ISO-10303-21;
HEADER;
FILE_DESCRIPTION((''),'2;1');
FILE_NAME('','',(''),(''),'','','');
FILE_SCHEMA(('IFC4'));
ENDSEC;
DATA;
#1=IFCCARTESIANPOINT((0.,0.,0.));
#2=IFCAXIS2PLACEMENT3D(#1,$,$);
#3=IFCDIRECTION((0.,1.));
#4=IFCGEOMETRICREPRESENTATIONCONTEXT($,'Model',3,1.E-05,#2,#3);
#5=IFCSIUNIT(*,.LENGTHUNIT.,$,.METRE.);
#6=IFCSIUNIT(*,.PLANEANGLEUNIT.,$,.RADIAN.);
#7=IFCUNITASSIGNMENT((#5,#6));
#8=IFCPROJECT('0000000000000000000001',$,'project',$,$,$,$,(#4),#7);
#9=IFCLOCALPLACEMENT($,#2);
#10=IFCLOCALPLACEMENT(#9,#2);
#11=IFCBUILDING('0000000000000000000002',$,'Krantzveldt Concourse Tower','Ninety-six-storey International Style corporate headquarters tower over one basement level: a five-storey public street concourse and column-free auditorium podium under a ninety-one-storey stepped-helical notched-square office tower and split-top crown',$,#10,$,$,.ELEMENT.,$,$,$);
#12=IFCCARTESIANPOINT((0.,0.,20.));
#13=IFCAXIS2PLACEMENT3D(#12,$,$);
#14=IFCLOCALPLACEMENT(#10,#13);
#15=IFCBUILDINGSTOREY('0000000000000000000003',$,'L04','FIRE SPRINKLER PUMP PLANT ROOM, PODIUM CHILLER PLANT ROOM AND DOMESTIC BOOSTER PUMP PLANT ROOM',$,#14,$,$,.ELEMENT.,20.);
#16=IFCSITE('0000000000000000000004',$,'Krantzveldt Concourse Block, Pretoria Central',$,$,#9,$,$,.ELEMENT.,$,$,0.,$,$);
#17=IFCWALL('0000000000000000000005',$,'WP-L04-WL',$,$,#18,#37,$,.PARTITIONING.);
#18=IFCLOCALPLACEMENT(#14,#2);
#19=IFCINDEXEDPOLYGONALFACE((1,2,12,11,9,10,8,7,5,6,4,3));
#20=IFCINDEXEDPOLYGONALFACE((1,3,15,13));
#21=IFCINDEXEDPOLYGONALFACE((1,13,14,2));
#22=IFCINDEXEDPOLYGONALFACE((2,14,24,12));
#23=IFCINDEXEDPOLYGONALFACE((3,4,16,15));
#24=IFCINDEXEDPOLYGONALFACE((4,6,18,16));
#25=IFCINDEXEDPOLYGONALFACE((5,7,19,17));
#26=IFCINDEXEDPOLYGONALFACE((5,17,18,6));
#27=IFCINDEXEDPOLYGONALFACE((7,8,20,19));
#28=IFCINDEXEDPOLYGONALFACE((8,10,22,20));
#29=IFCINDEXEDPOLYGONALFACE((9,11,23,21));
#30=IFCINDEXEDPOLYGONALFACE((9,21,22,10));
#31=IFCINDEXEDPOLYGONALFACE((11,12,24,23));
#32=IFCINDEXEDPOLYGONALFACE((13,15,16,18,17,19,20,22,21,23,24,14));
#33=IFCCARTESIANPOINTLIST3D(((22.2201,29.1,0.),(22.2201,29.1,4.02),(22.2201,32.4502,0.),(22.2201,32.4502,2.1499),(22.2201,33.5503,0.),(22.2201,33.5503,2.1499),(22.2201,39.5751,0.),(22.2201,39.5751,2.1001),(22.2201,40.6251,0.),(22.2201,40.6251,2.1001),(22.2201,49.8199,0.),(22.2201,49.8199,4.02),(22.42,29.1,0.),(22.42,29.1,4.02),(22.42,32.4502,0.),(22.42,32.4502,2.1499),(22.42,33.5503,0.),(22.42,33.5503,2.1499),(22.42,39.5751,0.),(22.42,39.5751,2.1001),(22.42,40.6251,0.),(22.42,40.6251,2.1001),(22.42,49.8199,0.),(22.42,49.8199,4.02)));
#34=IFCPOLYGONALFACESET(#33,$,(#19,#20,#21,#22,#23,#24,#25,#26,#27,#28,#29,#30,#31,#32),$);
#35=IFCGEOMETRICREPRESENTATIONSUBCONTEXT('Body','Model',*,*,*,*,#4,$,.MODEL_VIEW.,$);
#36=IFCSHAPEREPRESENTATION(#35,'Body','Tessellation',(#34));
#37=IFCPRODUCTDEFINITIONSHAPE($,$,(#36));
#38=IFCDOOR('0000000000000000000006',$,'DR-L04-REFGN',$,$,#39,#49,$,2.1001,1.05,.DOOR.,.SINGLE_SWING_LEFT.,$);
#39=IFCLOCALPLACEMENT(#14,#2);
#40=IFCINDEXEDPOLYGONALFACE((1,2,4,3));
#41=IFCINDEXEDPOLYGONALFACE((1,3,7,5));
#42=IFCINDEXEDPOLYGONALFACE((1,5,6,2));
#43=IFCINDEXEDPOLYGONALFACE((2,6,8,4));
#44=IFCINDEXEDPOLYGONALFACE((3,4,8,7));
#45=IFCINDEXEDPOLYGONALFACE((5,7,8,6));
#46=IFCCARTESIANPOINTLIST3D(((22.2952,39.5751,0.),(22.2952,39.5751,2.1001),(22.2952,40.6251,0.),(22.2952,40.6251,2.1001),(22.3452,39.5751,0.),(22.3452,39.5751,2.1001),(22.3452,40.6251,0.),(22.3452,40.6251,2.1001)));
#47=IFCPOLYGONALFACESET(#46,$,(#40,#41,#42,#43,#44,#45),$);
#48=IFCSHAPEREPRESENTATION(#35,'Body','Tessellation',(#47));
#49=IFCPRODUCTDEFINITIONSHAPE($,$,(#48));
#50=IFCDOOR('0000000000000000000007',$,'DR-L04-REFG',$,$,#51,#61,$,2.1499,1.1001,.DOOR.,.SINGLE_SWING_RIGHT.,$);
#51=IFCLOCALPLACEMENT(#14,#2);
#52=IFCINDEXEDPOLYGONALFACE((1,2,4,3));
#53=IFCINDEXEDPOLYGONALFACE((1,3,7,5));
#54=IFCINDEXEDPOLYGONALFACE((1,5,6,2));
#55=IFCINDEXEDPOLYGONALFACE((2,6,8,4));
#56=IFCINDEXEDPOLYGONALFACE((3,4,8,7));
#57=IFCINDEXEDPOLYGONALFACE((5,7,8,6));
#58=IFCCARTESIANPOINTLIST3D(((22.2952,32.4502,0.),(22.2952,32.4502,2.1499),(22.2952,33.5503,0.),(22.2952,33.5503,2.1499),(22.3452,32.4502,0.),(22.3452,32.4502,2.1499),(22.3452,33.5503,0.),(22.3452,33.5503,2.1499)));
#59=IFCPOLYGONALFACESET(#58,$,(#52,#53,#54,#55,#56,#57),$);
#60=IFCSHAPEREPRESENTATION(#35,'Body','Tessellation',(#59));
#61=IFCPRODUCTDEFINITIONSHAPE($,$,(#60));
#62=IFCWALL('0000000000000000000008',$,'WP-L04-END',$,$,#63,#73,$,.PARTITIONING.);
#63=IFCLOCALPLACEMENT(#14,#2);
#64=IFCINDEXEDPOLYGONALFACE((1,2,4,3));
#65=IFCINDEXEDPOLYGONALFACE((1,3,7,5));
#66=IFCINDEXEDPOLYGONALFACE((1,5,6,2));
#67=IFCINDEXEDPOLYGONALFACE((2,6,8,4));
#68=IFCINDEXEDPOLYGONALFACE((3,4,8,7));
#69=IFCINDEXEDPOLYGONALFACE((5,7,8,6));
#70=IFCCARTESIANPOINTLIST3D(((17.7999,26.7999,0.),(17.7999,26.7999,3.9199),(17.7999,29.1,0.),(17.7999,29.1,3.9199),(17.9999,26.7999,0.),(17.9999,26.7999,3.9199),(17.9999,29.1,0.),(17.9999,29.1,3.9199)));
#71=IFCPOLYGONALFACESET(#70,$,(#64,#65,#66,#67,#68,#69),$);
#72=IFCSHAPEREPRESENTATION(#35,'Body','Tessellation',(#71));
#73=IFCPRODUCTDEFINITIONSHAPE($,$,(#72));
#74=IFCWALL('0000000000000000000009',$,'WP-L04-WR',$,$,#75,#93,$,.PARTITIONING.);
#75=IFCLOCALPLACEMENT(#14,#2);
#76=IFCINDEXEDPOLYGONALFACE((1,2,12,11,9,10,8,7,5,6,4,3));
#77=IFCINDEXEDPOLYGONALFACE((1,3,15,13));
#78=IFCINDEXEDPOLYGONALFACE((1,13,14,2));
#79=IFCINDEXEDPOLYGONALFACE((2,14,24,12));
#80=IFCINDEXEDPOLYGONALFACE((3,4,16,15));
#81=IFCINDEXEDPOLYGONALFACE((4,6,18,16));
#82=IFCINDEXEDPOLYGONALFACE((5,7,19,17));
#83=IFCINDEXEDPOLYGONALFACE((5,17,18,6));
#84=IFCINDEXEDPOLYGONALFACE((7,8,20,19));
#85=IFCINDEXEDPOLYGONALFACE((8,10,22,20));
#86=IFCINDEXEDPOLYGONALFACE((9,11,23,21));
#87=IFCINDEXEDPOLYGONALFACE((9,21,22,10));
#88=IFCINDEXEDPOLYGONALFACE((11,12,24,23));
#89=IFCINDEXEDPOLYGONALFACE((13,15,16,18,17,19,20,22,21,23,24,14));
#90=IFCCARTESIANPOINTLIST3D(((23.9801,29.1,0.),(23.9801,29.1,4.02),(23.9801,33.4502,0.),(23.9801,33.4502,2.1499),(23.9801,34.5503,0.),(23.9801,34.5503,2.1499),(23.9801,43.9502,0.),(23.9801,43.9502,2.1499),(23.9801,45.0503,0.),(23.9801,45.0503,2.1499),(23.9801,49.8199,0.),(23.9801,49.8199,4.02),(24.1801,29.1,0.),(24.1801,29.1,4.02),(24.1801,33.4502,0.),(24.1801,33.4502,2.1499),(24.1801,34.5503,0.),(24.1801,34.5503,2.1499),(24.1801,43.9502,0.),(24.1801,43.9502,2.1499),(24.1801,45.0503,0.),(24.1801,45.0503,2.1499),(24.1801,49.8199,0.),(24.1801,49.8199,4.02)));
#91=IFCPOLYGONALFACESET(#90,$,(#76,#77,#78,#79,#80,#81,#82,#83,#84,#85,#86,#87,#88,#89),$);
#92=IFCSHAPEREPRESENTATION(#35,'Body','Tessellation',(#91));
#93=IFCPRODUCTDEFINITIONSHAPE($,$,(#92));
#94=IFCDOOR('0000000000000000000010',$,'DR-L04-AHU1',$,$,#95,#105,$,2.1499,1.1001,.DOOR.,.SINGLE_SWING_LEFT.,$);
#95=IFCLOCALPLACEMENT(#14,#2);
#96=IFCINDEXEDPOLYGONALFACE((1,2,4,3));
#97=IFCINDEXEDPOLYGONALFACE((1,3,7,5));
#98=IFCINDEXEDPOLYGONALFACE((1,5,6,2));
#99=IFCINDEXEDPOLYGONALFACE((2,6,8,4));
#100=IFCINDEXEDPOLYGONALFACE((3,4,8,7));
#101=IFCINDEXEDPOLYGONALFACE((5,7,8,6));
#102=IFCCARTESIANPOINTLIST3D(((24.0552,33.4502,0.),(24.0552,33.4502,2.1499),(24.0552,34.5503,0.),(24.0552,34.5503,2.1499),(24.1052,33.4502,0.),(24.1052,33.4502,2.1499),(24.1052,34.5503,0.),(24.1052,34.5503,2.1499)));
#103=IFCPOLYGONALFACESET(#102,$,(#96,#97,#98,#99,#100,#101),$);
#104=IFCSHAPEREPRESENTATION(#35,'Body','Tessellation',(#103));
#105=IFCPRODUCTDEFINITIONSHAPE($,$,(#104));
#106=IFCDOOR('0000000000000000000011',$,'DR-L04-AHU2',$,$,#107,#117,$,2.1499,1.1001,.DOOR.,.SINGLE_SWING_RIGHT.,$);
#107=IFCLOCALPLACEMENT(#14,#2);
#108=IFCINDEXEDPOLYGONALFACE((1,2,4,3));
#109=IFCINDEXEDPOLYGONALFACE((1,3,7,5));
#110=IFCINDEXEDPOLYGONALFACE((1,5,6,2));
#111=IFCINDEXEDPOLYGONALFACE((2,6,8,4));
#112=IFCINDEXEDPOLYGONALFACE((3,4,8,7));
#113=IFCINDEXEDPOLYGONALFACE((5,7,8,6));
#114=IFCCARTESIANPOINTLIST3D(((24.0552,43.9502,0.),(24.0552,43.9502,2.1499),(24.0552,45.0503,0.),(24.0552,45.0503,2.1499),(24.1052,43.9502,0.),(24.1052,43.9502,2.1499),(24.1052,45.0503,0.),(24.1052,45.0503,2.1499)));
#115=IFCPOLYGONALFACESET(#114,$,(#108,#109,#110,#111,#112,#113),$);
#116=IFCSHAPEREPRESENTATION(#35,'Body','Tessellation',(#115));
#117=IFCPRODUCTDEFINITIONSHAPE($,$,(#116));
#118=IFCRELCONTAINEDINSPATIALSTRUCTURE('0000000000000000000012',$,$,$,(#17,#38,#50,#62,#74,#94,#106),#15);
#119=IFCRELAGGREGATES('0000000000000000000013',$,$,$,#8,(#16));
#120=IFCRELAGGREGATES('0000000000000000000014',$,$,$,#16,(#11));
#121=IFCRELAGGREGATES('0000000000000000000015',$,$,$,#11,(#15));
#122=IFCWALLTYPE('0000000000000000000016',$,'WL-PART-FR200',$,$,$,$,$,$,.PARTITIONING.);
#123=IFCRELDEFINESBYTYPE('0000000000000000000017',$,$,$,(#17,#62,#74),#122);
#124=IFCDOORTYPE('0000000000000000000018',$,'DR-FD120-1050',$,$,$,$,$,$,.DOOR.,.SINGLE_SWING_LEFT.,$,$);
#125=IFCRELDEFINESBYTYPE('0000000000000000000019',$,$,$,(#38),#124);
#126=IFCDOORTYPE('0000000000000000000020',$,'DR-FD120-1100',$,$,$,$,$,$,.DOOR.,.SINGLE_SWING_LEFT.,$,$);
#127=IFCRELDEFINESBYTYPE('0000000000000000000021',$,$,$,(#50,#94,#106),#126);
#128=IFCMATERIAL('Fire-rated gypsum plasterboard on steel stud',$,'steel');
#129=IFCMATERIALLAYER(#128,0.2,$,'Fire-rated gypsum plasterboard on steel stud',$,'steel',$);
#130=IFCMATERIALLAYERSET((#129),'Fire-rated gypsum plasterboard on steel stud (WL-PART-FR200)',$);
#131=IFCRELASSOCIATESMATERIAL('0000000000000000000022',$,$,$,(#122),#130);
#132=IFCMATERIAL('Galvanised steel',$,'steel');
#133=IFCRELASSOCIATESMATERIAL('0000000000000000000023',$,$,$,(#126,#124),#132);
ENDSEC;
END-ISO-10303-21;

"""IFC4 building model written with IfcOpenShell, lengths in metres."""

from ifc_helpers import new_model, si_unit, direction, frame, frame_2d, origin, place, context, subcontext, project, spatial, rectangle, extrude, material, layer, layer_set, type_object, element, fill, save


model = new_model("IFC4")

# Units and contexts
model_context = context("Model", 3, precision=1e-05, world=origin(), true_north=direction((0.0, 1.0)))
body_context = subcontext(model_context, "Body", "Model", "MODEL_VIEW")
ifc_project = project(units=[si_unit("LENGTHUNIT", "METRE"), si_unit("PLANEANGLEUNIT", "RADIAN")], contexts=[model_context])

# Site, building, storey
site_placement = place(None, origin())
site = spatial("IfcSite", under=ifc_project, at=site_placement, Name="Krantzveldt Concourse Block, Pretoria Central", CompositionType="ELEMENT", RefElevation=0.0)
building_placement = place(site_placement, origin())
building = spatial("IfcBuilding", under=site, at=building_placement, Name="Krantzveldt Concourse Tower", Description="Ninety-six-storey International Style corporate headquarters tower over one basement level: a five-storey public street concourse and column-free auditorium podium under a ninety-one-storey stepped-helical notched-square office tower and split-top crown", CompositionType="ELEMENT")
storey_placement = place(building_placement, frame((0.0, 0.0, 20.0)))
storey = spatial("IfcBuildingStorey", under=building, at=storey_placement, Name="L04", Description="FIRE SPRINKLER PUMP PLANT ROOM, PODIUM CHILLER PLANT ROOM AND DOMESTIC BOOSTER PUMP PLANT ROOM", CompositionType="ELEMENT", Elevation=20.0)

# Shared definitions
ifc_material_1 = material(Name="Fire-rated gypsum plasterboard on steel stud", Category="steel")
ifc_layer_1 = layer(ifc_material_1, 0.2, Name="Fire-rated gypsum plasterboard on steel stud", Category="steel")
ifc_layer_set_1 = layer_set([ifc_layer_1], Name="Fire-rated gypsum plasterboard on steel stud (WL-PART-FR200)")
wall_type = type_object("IfcWallType", Name="WL-PART-FR200", PredefinedType="PARTITIONING", material=ifc_layer_set_1)
ifc_material_2 = material(Name="Galvanised steel", Category="steel")
door_type_1 = type_object("IfcDoorType", Name="DR-FD120-1100", OperationType="SINGLE_SWING_LEFT", PredefinedType="DOOR", material=ifc_material_2)

# Wall, openings, doors
wall_1_placement = place(storey_placement, frame((22.3201, 29.1001, 0.0), z_axis=(0.0, 0.0, 1.0), x_axis=(0.0, 1.0, 0.0)))
wall_1 = element("IfcWall", 1, at=wall_1_placement, inside=storey, type_object=wall_type, Name="WP-L04-WL", PredefinedType="PARTITIONING", context=body_context, shape_type="SweptSolid", body=[
    extrude(rectangle(XDim=20.72, YDim=0.2, at=frame_2d((10.3599, 0.0))), origin(), (0.0, 0.0, 1.0), 4.02),
])
opening_1_placement = place(wall_1_placement, frame((3.3501, 0.0, 0.0)))
opening_1 = element("IfcOpeningElement", 2, at=opening_1_placement, cuts=wall_1, PredefinedType="OPENING", context=body_context, shape_type="SweptSolid", body=[
    extrude(rectangle(XDim=1.1001, YDim=2.1499, at=frame_2d((0.55, 1.075))), frame((0.0, 0.1099, 0.0), z_axis=(0.0, -1.0, 0.0), x_axis=(1.0, 0.0, 0.0)), (0.0, 0.0, 1.0), 0.22),
])
opening_2_placement = place(wall_1_placement, frame((10.4751, 0.0, 0.0)))
opening_2 = element("IfcOpeningElement", 3, at=opening_2_placement, cuts=wall_1, PredefinedType="OPENING", context=body_context, shape_type="SweptSolid", body=[
    extrude(rectangle(XDim=1.05, YDim=2.1001, at=frame_2d((0.5249, 1.05))), frame((0.0, 0.1099, 0.0), z_axis=(0.0, -1.0, 0.0), x_axis=(1.0, 0.0, 0.0)), (0.0, 0.0, 1.0), 0.22),
])
door_type_2 = type_object("IfcDoorType", Name="DR-FD120-1050", OperationType="SINGLE_SWING_LEFT", PredefinedType="DOOR", material=ifc_material_2)
door_1_placement = place(opening_2_placement, origin())
door_1 = element("IfcDoor", 4, at=door_1_placement, inside=storey, type_object=door_type_2, Name="DR-L04-REFGN", OperationType="SINGLE_SWING_LEFT", OverallHeight=2.1001, OverallWidth=1.05, PredefinedType="DOOR", context=body_context, shape_type="SweptSolid", body=[
    extrude(rectangle(XDim=1.05, YDim=2.1001, at=frame_2d((0.5249, 1.05))), frame((0.0, 0.0249, 0.0), z_axis=(0.0, -1.0, 0.0), x_axis=(1.0, 0.0, 0.0)), (0.0, 0.0, 1.0), 0.05),
])
fill(opening_2, door_1)
door_2_placement = place(opening_1_placement, origin())
door_2 = element("IfcDoor", 5, at=door_2_placement, inside=storey, type_object=door_type_1, Name="DR-L04-REFG", OperationType="SINGLE_SWING_RIGHT", OverallHeight=2.1499, OverallWidth=1.1001, PredefinedType="DOOR", context=body_context, shape_type="SweptSolid", body=[
    extrude(rectangle(XDim=1.1001, YDim=2.1499, at=frame_2d((0.55, 1.075))), frame((0.0, 0.0249, 0.0), z_axis=(0.0, -1.0, 0.0), x_axis=(1.0, 0.0, 0.0)), (0.0, 0.0, 1.0), 0.05),
])
fill(opening_1, door_2)

# Wall
wall_2_placement = place(storey_placement, frame((17.8999, 26.8, 0.0), z_axis=(0.0, 0.0, 1.0), x_axis=(0.0, 1.0, 0.0)))
element("IfcWall", 6, at=wall_2_placement, inside=storey, type_object=wall_type, Name="WP-L04-END", PredefinedType="PARTITIONING", context=body_context, shape_type="SweptSolid", body=[
    extrude(rectangle(XDim=2.3, YDim=0.2, at=frame_2d((1.1499, 0.0))), origin(), (0.0, 0.0, 1.0), 3.9199),
])

# Wall, openings, doors
wall_3_placement = place(storey_placement, frame((24.0801, 29.1001, 0.0), z_axis=(0.0, 0.0, 1.0), x_axis=(0.0, 1.0, 0.0)))
wall_3 = element("IfcWall", 7, at=wall_3_placement, inside=storey, type_object=wall_type, Name="WP-L04-WR", PredefinedType="PARTITIONING", context=body_context, shape_type="SweptSolid", body=[
    extrude(rectangle(XDim=20.72, YDim=0.2, at=frame_2d((10.3599, 0.0))), origin(), (0.0, 0.0, 1.0), 4.02),
])
opening_3_placement = place(wall_3_placement, frame((4.3501, 0.0, 0.0)))
opening_3 = element("IfcOpeningElement", 8, at=opening_3_placement, cuts=wall_3, PredefinedType="OPENING", context=body_context, shape_type="SweptSolid", body=[
    extrude(rectangle(XDim=1.1001, YDim=2.1499, at=frame_2d((0.55, 1.075))), frame((0.0, 0.1099, 0.0), z_axis=(0.0, -1.0, 0.0), x_axis=(1.0, 0.0, 0.0)), (0.0, 0.0, 1.0), 0.22),
])
opening_4_placement = place(wall_3_placement, frame((14.8501, 0.0, 0.0)))
opening_4 = element("IfcOpeningElement", 9, at=opening_4_placement, cuts=wall_3, PredefinedType="OPENING", context=body_context, shape_type="SweptSolid", body=[
    extrude(rectangle(XDim=1.1001, YDim=2.1499, at=frame_2d((0.55, 1.075))), frame((0.0, 0.1099, 0.0), z_axis=(0.0, -1.0, 0.0), x_axis=(1.0, 0.0, 0.0)), (0.0, 0.0, 1.0), 0.22),
])
door_3_placement = place(opening_3_placement, origin())
door_3 = element("IfcDoor", 10, at=door_3_placement, inside=storey, type_object=door_type_1, Name="DR-L04-AHU1", OperationType="SINGLE_SWING_LEFT", OverallHeight=2.1499, OverallWidth=1.1001, PredefinedType="DOOR", context=body_context, shape_type="SweptSolid", body=[
    extrude(rectangle(XDim=1.1001, YDim=2.1499, at=frame_2d((0.55, 1.075))), frame((0.0, 0.0249, 0.0), z_axis=(0.0, -1.0, 0.0), x_axis=(1.0, 0.0, 0.0)), (0.0, 0.0, 1.0), 0.05),
])
fill(opening_3, door_3)
door_4_placement = place(opening_4_placement, origin())
door_4 = element("IfcDoor", 11, at=door_4_placement, inside=storey, type_object=door_type_1, Name="DR-L04-AHU2", OperationType="SINGLE_SWING_RIGHT", OverallHeight=2.1499, OverallWidth=1.1001, PredefinedType="DOOR", context=body_context, shape_type="SweptSolid", body=[
    extrude(rectangle(XDim=1.1001, YDim=2.1499, at=frame_2d((0.55, 1.075))), frame((0.0, 0.0249, 0.0), z_axis=(0.0, -1.0, 0.0), x_axis=(1.0, 0.0, 0.0)), (0.0, 0.0, 1.0), 0.05),
])
fill(opening_4, door_4)

save(model, "model.ifc")
